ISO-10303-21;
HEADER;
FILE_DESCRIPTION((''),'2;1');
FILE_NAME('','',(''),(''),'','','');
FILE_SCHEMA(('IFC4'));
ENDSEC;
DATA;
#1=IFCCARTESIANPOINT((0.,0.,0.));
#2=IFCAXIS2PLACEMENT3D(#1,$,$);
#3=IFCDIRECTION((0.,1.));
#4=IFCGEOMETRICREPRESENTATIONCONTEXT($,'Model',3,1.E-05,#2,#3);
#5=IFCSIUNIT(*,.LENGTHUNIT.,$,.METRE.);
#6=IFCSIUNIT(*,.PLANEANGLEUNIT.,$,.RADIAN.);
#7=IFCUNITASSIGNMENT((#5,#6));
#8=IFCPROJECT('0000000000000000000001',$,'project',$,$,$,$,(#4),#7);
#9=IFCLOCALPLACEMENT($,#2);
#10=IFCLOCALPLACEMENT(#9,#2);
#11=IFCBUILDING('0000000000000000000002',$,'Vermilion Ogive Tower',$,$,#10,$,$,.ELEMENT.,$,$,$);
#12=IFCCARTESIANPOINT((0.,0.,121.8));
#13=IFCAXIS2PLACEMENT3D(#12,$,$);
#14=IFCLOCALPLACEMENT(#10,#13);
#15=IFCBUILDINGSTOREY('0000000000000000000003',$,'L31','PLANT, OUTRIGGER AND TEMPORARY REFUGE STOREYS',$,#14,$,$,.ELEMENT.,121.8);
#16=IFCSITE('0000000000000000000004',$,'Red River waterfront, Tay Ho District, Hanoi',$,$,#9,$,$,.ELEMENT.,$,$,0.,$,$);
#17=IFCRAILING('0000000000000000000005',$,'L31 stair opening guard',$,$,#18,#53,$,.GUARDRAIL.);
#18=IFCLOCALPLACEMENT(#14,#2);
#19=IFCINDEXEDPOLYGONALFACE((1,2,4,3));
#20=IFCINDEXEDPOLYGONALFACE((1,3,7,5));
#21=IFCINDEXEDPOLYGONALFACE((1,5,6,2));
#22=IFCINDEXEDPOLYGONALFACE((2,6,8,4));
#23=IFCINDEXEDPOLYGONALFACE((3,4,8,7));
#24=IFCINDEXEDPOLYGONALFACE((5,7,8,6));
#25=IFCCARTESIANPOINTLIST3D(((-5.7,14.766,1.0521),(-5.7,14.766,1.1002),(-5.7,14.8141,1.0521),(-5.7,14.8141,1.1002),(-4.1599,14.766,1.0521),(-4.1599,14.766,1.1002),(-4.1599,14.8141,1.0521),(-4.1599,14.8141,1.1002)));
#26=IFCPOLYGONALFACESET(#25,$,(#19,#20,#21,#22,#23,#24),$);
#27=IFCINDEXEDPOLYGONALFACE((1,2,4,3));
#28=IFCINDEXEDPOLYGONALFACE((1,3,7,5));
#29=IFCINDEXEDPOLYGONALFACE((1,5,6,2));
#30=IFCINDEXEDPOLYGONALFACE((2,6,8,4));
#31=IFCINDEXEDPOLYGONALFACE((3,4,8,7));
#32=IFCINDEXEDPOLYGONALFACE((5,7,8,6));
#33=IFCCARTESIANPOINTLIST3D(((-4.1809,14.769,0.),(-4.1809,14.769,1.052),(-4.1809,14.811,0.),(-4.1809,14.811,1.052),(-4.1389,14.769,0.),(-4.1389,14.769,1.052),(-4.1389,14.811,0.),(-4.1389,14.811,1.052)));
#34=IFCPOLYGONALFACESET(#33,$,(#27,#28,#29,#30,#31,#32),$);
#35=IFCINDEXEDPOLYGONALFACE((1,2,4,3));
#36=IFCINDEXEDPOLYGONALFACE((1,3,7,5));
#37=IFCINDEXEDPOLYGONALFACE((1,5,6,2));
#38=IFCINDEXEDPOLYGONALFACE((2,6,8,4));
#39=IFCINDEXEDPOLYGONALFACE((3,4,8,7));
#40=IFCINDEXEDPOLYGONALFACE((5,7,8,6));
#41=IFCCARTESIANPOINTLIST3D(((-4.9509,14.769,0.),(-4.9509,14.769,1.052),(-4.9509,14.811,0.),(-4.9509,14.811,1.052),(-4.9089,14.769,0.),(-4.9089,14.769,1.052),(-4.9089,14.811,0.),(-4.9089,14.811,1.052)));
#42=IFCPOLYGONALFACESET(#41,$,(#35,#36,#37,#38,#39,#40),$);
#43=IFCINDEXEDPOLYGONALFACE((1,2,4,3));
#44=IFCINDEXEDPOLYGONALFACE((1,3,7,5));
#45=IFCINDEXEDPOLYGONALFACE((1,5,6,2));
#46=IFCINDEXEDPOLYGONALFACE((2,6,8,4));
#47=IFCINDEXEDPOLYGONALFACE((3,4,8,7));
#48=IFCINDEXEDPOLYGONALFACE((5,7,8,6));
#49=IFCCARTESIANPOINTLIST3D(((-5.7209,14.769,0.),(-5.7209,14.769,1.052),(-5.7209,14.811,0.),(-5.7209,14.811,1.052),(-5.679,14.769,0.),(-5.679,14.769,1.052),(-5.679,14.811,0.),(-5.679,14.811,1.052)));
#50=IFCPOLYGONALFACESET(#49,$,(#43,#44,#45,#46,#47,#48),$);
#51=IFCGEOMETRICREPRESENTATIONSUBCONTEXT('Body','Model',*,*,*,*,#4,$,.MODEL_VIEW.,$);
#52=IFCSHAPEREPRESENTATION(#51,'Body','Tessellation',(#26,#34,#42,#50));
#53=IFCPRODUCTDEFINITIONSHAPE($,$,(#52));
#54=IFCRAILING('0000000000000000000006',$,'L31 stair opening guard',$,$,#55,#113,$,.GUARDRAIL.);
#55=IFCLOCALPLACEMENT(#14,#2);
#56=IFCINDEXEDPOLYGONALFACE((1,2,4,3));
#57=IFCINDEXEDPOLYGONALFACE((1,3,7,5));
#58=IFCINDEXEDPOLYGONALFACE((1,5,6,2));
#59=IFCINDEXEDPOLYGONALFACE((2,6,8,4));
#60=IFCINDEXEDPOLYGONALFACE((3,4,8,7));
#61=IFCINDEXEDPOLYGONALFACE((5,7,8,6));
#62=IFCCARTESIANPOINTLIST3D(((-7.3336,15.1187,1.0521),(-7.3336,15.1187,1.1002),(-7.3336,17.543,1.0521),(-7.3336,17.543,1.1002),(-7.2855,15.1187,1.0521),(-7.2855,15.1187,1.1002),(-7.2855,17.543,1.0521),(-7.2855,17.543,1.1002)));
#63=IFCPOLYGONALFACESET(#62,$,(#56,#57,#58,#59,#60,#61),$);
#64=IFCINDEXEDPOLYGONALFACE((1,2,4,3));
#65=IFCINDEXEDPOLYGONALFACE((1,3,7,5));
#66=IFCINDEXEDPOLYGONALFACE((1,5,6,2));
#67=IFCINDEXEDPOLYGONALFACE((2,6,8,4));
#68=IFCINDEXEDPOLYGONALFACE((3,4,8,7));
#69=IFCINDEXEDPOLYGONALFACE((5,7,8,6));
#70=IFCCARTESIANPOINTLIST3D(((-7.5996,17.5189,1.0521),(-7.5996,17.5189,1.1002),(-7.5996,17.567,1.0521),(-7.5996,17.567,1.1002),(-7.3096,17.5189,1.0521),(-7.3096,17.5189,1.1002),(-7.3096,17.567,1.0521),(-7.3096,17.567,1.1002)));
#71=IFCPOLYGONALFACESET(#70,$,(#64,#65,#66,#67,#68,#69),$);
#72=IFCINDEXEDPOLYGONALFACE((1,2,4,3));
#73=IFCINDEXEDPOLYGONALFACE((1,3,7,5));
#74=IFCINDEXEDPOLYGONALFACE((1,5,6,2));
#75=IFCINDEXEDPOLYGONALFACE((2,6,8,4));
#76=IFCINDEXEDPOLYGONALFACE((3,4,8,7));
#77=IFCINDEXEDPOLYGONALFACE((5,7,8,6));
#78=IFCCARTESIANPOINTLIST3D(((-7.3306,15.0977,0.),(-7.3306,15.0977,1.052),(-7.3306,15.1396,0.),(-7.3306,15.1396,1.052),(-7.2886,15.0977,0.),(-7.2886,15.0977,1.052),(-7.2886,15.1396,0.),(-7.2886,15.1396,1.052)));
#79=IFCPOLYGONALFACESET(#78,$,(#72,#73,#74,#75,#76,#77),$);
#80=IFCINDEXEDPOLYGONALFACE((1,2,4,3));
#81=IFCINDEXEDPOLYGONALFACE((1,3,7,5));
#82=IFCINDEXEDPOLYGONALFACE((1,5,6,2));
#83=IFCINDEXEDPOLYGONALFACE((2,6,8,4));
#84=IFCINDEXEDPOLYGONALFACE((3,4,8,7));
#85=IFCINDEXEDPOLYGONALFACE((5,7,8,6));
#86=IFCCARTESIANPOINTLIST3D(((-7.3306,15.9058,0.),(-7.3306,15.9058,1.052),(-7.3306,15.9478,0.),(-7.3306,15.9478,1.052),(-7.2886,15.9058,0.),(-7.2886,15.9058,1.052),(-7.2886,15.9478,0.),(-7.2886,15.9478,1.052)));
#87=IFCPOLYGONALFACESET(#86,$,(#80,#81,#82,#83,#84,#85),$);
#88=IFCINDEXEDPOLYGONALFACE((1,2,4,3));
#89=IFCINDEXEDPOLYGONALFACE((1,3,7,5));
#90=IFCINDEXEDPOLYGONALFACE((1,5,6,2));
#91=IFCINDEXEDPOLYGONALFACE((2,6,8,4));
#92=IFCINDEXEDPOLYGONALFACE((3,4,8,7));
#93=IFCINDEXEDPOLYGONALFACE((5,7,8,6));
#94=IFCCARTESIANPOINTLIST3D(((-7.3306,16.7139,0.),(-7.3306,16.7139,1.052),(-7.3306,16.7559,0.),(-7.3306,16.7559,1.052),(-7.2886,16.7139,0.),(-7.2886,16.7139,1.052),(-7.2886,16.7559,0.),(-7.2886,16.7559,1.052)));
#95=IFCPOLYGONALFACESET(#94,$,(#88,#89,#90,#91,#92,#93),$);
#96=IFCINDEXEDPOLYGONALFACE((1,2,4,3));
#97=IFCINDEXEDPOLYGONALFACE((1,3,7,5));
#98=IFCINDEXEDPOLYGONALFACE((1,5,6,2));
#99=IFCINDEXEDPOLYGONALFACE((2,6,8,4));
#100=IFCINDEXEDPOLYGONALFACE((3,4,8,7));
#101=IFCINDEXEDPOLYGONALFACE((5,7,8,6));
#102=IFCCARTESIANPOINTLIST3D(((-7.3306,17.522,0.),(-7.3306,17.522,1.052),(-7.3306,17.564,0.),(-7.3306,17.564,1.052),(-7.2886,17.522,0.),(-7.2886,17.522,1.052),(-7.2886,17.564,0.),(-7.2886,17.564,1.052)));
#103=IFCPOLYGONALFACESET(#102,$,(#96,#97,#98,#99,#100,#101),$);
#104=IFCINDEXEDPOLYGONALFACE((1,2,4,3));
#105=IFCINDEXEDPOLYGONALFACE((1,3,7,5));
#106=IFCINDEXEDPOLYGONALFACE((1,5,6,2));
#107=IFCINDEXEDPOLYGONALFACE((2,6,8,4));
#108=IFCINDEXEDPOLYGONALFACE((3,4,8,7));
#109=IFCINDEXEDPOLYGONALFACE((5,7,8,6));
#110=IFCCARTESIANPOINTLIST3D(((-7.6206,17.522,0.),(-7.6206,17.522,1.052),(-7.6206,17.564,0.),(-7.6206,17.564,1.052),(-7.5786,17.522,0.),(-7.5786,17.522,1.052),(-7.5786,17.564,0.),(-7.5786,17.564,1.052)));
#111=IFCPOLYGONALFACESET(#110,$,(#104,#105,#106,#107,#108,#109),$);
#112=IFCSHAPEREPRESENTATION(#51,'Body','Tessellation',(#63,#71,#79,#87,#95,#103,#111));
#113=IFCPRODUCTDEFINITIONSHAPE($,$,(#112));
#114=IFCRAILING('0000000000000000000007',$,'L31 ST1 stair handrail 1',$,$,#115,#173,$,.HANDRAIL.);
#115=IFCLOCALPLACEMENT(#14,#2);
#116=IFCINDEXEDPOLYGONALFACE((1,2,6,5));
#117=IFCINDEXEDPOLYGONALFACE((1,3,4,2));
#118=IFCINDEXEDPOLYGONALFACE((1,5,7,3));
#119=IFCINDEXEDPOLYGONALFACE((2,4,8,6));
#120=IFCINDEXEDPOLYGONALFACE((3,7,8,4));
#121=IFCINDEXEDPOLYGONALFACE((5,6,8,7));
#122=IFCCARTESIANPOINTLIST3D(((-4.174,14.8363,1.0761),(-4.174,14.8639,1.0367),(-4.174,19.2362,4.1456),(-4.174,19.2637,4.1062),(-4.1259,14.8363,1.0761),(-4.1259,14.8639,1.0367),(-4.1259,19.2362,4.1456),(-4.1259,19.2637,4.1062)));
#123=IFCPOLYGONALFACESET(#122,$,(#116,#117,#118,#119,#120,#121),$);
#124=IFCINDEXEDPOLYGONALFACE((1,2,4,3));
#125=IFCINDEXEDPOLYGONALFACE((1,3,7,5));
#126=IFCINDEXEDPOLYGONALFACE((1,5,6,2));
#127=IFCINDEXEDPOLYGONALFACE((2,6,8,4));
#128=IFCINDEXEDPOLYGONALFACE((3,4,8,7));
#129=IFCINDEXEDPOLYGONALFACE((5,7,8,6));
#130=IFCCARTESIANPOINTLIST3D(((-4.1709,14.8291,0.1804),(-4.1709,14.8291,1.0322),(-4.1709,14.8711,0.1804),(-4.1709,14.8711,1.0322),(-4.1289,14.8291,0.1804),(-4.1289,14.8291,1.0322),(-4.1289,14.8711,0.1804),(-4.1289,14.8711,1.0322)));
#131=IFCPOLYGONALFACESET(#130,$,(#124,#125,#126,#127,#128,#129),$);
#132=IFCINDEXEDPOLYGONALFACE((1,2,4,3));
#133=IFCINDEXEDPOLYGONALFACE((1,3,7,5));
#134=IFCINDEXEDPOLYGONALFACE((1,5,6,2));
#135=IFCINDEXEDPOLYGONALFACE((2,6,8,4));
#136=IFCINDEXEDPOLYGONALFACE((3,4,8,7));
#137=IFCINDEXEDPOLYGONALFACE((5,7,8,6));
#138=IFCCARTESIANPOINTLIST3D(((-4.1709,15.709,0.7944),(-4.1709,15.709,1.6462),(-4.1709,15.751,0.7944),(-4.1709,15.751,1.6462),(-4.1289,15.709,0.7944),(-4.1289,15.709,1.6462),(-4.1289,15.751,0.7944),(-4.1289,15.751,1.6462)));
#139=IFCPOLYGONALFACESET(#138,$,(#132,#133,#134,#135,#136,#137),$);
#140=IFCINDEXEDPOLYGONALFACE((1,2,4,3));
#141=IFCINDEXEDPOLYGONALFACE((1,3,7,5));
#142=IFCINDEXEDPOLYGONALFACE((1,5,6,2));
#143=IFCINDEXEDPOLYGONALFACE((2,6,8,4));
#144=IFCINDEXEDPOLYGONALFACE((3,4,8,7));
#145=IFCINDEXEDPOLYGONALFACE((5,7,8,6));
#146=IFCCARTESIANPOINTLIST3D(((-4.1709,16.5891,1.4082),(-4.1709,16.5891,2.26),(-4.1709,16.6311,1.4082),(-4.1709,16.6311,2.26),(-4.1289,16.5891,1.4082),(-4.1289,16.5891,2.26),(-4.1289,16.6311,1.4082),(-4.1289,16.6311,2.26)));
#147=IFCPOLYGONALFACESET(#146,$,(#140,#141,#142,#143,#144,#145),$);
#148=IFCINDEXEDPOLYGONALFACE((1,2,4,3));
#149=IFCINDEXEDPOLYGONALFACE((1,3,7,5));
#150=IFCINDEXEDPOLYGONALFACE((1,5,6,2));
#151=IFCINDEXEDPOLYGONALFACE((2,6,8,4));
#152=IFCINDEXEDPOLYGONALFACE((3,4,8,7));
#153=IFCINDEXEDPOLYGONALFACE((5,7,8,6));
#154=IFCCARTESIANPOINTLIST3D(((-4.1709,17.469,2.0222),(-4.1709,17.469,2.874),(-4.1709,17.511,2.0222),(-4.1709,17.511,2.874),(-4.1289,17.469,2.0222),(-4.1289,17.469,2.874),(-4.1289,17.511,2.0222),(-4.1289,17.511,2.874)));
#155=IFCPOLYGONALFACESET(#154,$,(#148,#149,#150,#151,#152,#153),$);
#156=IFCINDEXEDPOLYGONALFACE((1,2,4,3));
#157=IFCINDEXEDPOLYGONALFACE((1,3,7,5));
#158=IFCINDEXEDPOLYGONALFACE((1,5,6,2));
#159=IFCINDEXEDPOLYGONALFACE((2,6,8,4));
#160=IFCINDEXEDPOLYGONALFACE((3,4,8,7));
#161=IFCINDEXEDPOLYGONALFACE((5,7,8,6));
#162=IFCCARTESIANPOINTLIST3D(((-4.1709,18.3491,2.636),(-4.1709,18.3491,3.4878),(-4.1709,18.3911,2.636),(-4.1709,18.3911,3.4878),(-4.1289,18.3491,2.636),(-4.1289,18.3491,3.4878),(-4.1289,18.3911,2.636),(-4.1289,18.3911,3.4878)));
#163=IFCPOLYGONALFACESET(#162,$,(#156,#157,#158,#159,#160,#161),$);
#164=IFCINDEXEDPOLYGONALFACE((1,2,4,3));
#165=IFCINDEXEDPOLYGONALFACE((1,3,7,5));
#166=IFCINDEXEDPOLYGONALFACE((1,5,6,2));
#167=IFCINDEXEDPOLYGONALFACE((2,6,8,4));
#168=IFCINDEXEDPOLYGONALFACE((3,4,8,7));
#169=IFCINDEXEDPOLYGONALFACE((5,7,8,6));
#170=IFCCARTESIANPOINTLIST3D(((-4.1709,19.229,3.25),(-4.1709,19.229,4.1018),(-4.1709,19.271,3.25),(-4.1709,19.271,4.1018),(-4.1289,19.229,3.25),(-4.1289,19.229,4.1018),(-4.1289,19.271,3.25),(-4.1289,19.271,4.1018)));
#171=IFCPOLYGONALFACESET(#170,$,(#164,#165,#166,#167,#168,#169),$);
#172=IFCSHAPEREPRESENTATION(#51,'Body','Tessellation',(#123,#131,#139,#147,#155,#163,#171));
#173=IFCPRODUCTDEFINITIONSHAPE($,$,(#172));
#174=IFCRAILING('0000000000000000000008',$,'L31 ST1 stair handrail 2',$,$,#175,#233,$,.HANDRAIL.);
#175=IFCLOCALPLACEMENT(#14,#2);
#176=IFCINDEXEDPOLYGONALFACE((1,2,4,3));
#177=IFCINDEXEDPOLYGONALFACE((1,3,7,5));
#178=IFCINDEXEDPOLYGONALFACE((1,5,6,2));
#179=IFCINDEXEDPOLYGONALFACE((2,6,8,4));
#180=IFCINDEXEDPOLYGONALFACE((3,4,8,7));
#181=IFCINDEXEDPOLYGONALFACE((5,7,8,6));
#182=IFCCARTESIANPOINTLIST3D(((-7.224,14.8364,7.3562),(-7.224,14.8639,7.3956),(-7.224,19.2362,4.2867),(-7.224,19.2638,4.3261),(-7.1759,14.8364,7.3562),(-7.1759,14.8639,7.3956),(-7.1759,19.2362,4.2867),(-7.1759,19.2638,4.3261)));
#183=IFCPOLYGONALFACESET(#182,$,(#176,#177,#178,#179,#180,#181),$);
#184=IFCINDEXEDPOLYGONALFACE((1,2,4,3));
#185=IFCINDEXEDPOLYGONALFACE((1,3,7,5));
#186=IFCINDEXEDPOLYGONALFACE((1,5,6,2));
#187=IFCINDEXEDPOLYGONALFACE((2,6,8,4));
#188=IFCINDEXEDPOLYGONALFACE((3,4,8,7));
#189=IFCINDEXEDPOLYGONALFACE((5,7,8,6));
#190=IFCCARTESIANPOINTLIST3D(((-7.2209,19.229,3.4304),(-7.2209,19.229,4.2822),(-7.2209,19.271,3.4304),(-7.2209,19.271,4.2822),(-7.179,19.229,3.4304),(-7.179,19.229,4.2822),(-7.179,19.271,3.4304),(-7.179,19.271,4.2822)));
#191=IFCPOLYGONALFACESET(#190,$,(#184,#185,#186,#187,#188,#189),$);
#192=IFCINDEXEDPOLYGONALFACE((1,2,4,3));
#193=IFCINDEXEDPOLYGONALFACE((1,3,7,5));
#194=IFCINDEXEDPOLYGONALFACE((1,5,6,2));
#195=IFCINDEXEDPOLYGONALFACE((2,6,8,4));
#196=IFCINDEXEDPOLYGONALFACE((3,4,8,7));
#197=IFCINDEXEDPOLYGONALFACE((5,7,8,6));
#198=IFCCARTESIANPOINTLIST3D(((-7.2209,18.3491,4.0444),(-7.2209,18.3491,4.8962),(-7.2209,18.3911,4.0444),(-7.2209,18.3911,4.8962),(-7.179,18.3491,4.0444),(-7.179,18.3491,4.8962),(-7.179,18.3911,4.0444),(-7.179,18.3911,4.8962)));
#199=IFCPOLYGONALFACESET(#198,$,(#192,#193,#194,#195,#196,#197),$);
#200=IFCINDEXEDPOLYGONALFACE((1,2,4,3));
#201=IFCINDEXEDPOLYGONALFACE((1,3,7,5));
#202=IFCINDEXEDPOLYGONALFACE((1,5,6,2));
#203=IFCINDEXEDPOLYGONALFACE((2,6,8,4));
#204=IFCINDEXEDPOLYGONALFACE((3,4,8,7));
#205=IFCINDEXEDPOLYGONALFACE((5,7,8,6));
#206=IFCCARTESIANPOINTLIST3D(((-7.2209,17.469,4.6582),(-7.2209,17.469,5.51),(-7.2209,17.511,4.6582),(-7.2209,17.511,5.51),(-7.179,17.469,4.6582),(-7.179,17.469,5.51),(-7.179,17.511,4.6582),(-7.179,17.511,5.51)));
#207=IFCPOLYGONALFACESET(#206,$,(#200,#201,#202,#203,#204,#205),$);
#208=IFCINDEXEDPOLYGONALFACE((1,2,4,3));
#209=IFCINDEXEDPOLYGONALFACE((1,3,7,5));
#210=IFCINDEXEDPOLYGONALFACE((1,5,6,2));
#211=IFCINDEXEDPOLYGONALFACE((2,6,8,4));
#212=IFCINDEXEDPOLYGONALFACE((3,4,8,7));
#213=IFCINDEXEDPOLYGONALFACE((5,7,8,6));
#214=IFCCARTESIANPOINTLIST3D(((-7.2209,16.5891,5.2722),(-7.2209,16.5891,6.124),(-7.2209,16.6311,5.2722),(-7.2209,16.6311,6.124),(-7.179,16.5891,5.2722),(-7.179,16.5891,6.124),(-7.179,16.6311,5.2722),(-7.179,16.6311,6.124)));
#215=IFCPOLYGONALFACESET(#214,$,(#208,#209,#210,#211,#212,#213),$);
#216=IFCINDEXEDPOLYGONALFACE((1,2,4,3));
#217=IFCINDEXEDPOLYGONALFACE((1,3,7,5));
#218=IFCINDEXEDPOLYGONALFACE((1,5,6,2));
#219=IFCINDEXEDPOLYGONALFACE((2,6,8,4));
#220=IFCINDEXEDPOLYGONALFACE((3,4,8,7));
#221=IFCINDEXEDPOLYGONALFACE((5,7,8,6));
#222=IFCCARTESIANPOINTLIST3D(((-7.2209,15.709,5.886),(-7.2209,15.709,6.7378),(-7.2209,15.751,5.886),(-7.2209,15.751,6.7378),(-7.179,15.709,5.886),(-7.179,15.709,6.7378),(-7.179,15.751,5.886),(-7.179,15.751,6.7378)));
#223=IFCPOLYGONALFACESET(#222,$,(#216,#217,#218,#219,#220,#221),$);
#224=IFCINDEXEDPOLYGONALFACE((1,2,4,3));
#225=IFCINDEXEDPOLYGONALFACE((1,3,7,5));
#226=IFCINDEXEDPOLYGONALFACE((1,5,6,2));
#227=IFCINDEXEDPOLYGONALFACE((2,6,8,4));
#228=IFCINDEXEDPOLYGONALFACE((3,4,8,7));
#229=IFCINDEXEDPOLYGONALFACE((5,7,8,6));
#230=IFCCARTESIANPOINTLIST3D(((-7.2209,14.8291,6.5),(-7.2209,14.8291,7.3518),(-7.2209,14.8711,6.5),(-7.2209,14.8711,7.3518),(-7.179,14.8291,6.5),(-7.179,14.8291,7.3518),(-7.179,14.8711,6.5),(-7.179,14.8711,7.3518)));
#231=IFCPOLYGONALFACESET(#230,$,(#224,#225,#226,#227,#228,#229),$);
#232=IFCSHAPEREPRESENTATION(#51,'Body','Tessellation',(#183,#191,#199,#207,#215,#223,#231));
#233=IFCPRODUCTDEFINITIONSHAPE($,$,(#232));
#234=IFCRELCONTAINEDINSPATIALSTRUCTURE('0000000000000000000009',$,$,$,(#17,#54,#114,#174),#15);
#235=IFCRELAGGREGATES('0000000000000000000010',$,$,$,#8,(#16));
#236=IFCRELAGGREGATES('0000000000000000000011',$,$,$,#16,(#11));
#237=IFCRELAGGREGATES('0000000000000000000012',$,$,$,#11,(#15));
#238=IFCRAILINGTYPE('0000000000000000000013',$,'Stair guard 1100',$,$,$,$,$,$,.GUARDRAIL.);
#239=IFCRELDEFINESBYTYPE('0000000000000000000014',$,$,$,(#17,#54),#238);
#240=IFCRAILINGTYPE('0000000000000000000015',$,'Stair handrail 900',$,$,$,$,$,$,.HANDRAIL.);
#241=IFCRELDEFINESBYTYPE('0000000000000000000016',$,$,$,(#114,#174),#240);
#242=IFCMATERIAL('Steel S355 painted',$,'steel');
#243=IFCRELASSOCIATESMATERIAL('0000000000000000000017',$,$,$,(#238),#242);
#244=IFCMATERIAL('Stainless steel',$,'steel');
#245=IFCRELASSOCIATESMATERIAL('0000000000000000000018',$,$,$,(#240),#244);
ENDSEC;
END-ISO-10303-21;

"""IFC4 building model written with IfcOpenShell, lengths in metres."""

from ifc_helpers import new_model, si_unit, direction, frame, origin, origin_2d, place, context, subcontext, project, spatial, rectangle, extrude, material, type_object, element, save


model = new_model("IFC4")

# Units and contexts
model_context = context("Model", 3, precision=1e-05, world=origin(), true_north=direction((0.0, 1.0)))
body_context = subcontext(model_context, "Body", "Model", "MODEL_VIEW")
ifc_project = project(units=[si_unit("LENGTHUNIT", "METRE"), si_unit("PLANEANGLEUNIT", "RADIAN")], contexts=[model_context])

# Site, building, storey
site_placement = place(None, origin())
site = spatial("IfcSite", under=ifc_project, at=site_placement, Name="Red River waterfront, Tay Ho District, Hanoi", CompositionType="ELEMENT", RefElevation=0.0)
building_placement = place(site_placement, origin())
building = spatial("IfcBuilding", under=site, at=building_placement, Name="Vermilion Ogive Tower", CompositionType="ELEMENT")
storey_placement = place(building_placement, frame((0.0, 0.0, 121.8)))
storey = spatial("IfcBuildingStorey", under=building, at=storey_placement, Name="L31", Description="PLANT, OUTRIGGER AND TEMPORARY REFUGE STOREYS", CompositionType="ELEMENT", Elevation=121.8)

# Railings
ifc_material_1 = material(Name="Steel S355 painted", Category="steel")
railing_type_1 = type_object("IfcRailingType", Name="Stair guard 1100", PredefinedType="GUARDRAIL", material=ifc_material_1)
railing_1_placement = place(storey_placement, frame((-4.1599, 14.79, 0.0)))
element("IfcRailing", 1, at=railing_1_placement, inside=storey, type_object=railing_type_1, Name="L31 stair opening guard", PredefinedType="GUARDRAIL", context=body_context, shape_type="SweptSolid", body=[
    extrude(rectangle(XDim=0.0481, YDim=0.0481, at=origin_2d()), frame((0.0, 0.0, 1.0762), z_axis=(-1.0, 0.0, 0.0), x_axis=(0.0, -1.0, 0.0)), (0.0, 0.0, 1.0), 1.54),
    extrude(rectangle(XDim=0.042, YDim=0.042, at=origin_2d()), origin(), (0.0, 0.0, 1.0), 1.052),
    extrude(rectangle(XDim=0.042, YDim=0.042, at=origin_2d()), frame((-0.77, 0.0, 0.0)), (0.0, 0.0, 1.0), 1.052),
    extrude(rectangle(XDim=0.042, YDim=0.042, at=origin_2d()), frame((-1.54, 0.0, 0.0)), (0.0, 0.0, 1.0), 1.052),
])
railing_2_placement = place(storey_placement, frame((-7.3096, 15.1187, 0.0)))
element("IfcRailing", 2, at=railing_2_placement, inside=storey, type_object=railing_type_1, Name="L31 stair opening guard", PredefinedType="GUARDRAIL", context=body_context, shape_type="SweptSolid", body=[
    extrude(rectangle(XDim=0.0481, YDim=0.0481, at=origin_2d()), frame((0.0, 0.0, 1.0762), z_axis=(0.0, 1.0, 0.0), x_axis=(-1.0, 0.0, 0.0)), (0.0, 0.0, 1.0), 2.4243),
    extrude(rectangle(XDim=0.0481, YDim=0.0481, at=origin_2d()), frame((0.0, 2.4243, 1.0762), z_axis=(-1.0, 0.0, 0.0), x_axis=(0.0, -1.0, 0.0)), (0.0, 0.0, 1.0), 0.29),
    extrude(rectangle(XDim=0.042, YDim=0.042, at=origin_2d()), origin(), (0.0, 0.0, 1.0), 1.052),
    extrude(rectangle(XDim=0.042, YDim=0.042, at=origin_2d()), frame((0.0, 0.8081, 0.0)), (0.0, 0.0, 1.0), 1.052),
    extrude(rectangle(XDim=0.042, YDim=0.042, at=origin_2d()), frame((0.0, 1.6162, 0.0)), (0.0, 0.0, 1.0), 1.052),
    extrude(rectangle(XDim=0.042, YDim=0.042, at=origin_2d()), frame((0.0, 2.4243, 0.0)), (0.0, 0.0, 1.0), 1.052),
    extrude(rectangle(XDim=0.042, YDim=0.042, at=origin_2d()), frame((-0.29, 2.4243, 0.0)), (0.0, 0.0, 1.0), 1.052),
])
ifc_material_2 = material(Name="Stainless steel", Category="steel")
railing_type_2 = type_object("IfcRailingType", Name="Stair handrail 900", PredefinedType="HANDRAIL", material=ifc_material_2)
railing_3_placement = place(storey_placement, frame((-4.1499, 14.8501, 0.1804)))
element("IfcRailing", 3, at=railing_3_placement, inside=storey, type_object=railing_type_2, Name="L31 ST1 stair handrail 1", PredefinedType="HANDRAIL", context=body_context, shape_type="SweptSolid", body=[
    extrude(rectangle(XDim=0.0481, YDim=0.0481, at=origin_2d()), frame((0.0, 0.0, 0.876), z_axis=(0.0, 0.820137, 0.572167), x_axis=(-1.0, 0.0, 0.0)), (0.0, 0.0, 1.0), 5.3647),
    extrude(rectangle(XDim=0.042, YDim=0.042, at=origin_2d()), origin(), (0.0, 0.0, 1.0), 0.8518),
    extrude(rectangle(XDim=0.042, YDim=0.042, at=origin_2d()), frame((0.0, 0.8799, 0.614)), (0.0, 0.0, 1.0), 0.8518),
    extrude(rectangle(XDim=0.042, YDim=0.042, at=origin_2d()), frame((0.0, 1.76, 1.2278)), (0.0, 0.0, 1.0), 0.8518),
    extrude(rectangle(XDim=0.042, YDim=0.042, at=origin_2d()), frame((0.0, 2.6399, 1.8418)), (0.0, 0.0, 1.0), 0.8518),
    extrude(rectangle(XDim=0.042, YDim=0.042, at=origin_2d()), frame((0.0, 3.52, 2.4556)), (0.0, 0.0, 1.0), 0.8518),
    extrude(rectangle(XDim=0.042, YDim=0.042, at=origin_2d()), frame((0.0, 4.3999, 3.0696)), (0.0, 0.0, 1.0), 0.8518),
])
railing_4_placement = place(storey_placement, frame((-7.2, 19.25, 3.4304)))
element("IfcRailing", 4, at=railing_4_placement, inside=storey, type_object=railing_type_2, Name="L31 ST1 stair handrail 2", PredefinedType="HANDRAIL", context=body_context, shape_type="SweptSolid", body=[
    extrude(rectangle(XDim=0.0481, YDim=0.0481, at=origin_2d()), frame((0.0, 0.0, 0.876), z_axis=(0.0, -0.820137, 0.572167), x_axis=(1.0, 0.0, 0.0)), (0.0, 0.0, 1.0), 5.3647),
    extrude(rectangle(XDim=0.042, YDim=0.042, at=origin_2d()), origin(), (0.0, 0.0, 1.0), 0.8518),
    extrude(rectangle(XDim=0.042, YDim=0.042, at=origin_2d()), frame((0.0, -0.8799, 0.614)), (0.0, 0.0, 1.0), 0.8518),
    extrude(rectangle(XDim=0.042, YDim=0.042, at=origin_2d()), frame((0.0, -1.76, 1.2278)), (0.0, 0.0, 1.0), 0.8518),
    extrude(rectangle(XDim=0.042, YDim=0.042, at=origin_2d()), frame((0.0, -2.6399, 1.8418)), (0.0, 0.0, 1.0), 0.8518),
    extrude(rectangle(XDim=0.042, YDim=0.042, at=origin_2d()), frame((0.0, -3.52, 2.4556)), (0.0, 0.0, 1.0), 0.8518),
    extrude(rectangle(XDim=0.042, YDim=0.042, at=origin_2d()), frame((0.0, -4.3999, 3.0696)), (0.0, 0.0, 1.0), 0.8518),
])

save(model, "model.ifc")
